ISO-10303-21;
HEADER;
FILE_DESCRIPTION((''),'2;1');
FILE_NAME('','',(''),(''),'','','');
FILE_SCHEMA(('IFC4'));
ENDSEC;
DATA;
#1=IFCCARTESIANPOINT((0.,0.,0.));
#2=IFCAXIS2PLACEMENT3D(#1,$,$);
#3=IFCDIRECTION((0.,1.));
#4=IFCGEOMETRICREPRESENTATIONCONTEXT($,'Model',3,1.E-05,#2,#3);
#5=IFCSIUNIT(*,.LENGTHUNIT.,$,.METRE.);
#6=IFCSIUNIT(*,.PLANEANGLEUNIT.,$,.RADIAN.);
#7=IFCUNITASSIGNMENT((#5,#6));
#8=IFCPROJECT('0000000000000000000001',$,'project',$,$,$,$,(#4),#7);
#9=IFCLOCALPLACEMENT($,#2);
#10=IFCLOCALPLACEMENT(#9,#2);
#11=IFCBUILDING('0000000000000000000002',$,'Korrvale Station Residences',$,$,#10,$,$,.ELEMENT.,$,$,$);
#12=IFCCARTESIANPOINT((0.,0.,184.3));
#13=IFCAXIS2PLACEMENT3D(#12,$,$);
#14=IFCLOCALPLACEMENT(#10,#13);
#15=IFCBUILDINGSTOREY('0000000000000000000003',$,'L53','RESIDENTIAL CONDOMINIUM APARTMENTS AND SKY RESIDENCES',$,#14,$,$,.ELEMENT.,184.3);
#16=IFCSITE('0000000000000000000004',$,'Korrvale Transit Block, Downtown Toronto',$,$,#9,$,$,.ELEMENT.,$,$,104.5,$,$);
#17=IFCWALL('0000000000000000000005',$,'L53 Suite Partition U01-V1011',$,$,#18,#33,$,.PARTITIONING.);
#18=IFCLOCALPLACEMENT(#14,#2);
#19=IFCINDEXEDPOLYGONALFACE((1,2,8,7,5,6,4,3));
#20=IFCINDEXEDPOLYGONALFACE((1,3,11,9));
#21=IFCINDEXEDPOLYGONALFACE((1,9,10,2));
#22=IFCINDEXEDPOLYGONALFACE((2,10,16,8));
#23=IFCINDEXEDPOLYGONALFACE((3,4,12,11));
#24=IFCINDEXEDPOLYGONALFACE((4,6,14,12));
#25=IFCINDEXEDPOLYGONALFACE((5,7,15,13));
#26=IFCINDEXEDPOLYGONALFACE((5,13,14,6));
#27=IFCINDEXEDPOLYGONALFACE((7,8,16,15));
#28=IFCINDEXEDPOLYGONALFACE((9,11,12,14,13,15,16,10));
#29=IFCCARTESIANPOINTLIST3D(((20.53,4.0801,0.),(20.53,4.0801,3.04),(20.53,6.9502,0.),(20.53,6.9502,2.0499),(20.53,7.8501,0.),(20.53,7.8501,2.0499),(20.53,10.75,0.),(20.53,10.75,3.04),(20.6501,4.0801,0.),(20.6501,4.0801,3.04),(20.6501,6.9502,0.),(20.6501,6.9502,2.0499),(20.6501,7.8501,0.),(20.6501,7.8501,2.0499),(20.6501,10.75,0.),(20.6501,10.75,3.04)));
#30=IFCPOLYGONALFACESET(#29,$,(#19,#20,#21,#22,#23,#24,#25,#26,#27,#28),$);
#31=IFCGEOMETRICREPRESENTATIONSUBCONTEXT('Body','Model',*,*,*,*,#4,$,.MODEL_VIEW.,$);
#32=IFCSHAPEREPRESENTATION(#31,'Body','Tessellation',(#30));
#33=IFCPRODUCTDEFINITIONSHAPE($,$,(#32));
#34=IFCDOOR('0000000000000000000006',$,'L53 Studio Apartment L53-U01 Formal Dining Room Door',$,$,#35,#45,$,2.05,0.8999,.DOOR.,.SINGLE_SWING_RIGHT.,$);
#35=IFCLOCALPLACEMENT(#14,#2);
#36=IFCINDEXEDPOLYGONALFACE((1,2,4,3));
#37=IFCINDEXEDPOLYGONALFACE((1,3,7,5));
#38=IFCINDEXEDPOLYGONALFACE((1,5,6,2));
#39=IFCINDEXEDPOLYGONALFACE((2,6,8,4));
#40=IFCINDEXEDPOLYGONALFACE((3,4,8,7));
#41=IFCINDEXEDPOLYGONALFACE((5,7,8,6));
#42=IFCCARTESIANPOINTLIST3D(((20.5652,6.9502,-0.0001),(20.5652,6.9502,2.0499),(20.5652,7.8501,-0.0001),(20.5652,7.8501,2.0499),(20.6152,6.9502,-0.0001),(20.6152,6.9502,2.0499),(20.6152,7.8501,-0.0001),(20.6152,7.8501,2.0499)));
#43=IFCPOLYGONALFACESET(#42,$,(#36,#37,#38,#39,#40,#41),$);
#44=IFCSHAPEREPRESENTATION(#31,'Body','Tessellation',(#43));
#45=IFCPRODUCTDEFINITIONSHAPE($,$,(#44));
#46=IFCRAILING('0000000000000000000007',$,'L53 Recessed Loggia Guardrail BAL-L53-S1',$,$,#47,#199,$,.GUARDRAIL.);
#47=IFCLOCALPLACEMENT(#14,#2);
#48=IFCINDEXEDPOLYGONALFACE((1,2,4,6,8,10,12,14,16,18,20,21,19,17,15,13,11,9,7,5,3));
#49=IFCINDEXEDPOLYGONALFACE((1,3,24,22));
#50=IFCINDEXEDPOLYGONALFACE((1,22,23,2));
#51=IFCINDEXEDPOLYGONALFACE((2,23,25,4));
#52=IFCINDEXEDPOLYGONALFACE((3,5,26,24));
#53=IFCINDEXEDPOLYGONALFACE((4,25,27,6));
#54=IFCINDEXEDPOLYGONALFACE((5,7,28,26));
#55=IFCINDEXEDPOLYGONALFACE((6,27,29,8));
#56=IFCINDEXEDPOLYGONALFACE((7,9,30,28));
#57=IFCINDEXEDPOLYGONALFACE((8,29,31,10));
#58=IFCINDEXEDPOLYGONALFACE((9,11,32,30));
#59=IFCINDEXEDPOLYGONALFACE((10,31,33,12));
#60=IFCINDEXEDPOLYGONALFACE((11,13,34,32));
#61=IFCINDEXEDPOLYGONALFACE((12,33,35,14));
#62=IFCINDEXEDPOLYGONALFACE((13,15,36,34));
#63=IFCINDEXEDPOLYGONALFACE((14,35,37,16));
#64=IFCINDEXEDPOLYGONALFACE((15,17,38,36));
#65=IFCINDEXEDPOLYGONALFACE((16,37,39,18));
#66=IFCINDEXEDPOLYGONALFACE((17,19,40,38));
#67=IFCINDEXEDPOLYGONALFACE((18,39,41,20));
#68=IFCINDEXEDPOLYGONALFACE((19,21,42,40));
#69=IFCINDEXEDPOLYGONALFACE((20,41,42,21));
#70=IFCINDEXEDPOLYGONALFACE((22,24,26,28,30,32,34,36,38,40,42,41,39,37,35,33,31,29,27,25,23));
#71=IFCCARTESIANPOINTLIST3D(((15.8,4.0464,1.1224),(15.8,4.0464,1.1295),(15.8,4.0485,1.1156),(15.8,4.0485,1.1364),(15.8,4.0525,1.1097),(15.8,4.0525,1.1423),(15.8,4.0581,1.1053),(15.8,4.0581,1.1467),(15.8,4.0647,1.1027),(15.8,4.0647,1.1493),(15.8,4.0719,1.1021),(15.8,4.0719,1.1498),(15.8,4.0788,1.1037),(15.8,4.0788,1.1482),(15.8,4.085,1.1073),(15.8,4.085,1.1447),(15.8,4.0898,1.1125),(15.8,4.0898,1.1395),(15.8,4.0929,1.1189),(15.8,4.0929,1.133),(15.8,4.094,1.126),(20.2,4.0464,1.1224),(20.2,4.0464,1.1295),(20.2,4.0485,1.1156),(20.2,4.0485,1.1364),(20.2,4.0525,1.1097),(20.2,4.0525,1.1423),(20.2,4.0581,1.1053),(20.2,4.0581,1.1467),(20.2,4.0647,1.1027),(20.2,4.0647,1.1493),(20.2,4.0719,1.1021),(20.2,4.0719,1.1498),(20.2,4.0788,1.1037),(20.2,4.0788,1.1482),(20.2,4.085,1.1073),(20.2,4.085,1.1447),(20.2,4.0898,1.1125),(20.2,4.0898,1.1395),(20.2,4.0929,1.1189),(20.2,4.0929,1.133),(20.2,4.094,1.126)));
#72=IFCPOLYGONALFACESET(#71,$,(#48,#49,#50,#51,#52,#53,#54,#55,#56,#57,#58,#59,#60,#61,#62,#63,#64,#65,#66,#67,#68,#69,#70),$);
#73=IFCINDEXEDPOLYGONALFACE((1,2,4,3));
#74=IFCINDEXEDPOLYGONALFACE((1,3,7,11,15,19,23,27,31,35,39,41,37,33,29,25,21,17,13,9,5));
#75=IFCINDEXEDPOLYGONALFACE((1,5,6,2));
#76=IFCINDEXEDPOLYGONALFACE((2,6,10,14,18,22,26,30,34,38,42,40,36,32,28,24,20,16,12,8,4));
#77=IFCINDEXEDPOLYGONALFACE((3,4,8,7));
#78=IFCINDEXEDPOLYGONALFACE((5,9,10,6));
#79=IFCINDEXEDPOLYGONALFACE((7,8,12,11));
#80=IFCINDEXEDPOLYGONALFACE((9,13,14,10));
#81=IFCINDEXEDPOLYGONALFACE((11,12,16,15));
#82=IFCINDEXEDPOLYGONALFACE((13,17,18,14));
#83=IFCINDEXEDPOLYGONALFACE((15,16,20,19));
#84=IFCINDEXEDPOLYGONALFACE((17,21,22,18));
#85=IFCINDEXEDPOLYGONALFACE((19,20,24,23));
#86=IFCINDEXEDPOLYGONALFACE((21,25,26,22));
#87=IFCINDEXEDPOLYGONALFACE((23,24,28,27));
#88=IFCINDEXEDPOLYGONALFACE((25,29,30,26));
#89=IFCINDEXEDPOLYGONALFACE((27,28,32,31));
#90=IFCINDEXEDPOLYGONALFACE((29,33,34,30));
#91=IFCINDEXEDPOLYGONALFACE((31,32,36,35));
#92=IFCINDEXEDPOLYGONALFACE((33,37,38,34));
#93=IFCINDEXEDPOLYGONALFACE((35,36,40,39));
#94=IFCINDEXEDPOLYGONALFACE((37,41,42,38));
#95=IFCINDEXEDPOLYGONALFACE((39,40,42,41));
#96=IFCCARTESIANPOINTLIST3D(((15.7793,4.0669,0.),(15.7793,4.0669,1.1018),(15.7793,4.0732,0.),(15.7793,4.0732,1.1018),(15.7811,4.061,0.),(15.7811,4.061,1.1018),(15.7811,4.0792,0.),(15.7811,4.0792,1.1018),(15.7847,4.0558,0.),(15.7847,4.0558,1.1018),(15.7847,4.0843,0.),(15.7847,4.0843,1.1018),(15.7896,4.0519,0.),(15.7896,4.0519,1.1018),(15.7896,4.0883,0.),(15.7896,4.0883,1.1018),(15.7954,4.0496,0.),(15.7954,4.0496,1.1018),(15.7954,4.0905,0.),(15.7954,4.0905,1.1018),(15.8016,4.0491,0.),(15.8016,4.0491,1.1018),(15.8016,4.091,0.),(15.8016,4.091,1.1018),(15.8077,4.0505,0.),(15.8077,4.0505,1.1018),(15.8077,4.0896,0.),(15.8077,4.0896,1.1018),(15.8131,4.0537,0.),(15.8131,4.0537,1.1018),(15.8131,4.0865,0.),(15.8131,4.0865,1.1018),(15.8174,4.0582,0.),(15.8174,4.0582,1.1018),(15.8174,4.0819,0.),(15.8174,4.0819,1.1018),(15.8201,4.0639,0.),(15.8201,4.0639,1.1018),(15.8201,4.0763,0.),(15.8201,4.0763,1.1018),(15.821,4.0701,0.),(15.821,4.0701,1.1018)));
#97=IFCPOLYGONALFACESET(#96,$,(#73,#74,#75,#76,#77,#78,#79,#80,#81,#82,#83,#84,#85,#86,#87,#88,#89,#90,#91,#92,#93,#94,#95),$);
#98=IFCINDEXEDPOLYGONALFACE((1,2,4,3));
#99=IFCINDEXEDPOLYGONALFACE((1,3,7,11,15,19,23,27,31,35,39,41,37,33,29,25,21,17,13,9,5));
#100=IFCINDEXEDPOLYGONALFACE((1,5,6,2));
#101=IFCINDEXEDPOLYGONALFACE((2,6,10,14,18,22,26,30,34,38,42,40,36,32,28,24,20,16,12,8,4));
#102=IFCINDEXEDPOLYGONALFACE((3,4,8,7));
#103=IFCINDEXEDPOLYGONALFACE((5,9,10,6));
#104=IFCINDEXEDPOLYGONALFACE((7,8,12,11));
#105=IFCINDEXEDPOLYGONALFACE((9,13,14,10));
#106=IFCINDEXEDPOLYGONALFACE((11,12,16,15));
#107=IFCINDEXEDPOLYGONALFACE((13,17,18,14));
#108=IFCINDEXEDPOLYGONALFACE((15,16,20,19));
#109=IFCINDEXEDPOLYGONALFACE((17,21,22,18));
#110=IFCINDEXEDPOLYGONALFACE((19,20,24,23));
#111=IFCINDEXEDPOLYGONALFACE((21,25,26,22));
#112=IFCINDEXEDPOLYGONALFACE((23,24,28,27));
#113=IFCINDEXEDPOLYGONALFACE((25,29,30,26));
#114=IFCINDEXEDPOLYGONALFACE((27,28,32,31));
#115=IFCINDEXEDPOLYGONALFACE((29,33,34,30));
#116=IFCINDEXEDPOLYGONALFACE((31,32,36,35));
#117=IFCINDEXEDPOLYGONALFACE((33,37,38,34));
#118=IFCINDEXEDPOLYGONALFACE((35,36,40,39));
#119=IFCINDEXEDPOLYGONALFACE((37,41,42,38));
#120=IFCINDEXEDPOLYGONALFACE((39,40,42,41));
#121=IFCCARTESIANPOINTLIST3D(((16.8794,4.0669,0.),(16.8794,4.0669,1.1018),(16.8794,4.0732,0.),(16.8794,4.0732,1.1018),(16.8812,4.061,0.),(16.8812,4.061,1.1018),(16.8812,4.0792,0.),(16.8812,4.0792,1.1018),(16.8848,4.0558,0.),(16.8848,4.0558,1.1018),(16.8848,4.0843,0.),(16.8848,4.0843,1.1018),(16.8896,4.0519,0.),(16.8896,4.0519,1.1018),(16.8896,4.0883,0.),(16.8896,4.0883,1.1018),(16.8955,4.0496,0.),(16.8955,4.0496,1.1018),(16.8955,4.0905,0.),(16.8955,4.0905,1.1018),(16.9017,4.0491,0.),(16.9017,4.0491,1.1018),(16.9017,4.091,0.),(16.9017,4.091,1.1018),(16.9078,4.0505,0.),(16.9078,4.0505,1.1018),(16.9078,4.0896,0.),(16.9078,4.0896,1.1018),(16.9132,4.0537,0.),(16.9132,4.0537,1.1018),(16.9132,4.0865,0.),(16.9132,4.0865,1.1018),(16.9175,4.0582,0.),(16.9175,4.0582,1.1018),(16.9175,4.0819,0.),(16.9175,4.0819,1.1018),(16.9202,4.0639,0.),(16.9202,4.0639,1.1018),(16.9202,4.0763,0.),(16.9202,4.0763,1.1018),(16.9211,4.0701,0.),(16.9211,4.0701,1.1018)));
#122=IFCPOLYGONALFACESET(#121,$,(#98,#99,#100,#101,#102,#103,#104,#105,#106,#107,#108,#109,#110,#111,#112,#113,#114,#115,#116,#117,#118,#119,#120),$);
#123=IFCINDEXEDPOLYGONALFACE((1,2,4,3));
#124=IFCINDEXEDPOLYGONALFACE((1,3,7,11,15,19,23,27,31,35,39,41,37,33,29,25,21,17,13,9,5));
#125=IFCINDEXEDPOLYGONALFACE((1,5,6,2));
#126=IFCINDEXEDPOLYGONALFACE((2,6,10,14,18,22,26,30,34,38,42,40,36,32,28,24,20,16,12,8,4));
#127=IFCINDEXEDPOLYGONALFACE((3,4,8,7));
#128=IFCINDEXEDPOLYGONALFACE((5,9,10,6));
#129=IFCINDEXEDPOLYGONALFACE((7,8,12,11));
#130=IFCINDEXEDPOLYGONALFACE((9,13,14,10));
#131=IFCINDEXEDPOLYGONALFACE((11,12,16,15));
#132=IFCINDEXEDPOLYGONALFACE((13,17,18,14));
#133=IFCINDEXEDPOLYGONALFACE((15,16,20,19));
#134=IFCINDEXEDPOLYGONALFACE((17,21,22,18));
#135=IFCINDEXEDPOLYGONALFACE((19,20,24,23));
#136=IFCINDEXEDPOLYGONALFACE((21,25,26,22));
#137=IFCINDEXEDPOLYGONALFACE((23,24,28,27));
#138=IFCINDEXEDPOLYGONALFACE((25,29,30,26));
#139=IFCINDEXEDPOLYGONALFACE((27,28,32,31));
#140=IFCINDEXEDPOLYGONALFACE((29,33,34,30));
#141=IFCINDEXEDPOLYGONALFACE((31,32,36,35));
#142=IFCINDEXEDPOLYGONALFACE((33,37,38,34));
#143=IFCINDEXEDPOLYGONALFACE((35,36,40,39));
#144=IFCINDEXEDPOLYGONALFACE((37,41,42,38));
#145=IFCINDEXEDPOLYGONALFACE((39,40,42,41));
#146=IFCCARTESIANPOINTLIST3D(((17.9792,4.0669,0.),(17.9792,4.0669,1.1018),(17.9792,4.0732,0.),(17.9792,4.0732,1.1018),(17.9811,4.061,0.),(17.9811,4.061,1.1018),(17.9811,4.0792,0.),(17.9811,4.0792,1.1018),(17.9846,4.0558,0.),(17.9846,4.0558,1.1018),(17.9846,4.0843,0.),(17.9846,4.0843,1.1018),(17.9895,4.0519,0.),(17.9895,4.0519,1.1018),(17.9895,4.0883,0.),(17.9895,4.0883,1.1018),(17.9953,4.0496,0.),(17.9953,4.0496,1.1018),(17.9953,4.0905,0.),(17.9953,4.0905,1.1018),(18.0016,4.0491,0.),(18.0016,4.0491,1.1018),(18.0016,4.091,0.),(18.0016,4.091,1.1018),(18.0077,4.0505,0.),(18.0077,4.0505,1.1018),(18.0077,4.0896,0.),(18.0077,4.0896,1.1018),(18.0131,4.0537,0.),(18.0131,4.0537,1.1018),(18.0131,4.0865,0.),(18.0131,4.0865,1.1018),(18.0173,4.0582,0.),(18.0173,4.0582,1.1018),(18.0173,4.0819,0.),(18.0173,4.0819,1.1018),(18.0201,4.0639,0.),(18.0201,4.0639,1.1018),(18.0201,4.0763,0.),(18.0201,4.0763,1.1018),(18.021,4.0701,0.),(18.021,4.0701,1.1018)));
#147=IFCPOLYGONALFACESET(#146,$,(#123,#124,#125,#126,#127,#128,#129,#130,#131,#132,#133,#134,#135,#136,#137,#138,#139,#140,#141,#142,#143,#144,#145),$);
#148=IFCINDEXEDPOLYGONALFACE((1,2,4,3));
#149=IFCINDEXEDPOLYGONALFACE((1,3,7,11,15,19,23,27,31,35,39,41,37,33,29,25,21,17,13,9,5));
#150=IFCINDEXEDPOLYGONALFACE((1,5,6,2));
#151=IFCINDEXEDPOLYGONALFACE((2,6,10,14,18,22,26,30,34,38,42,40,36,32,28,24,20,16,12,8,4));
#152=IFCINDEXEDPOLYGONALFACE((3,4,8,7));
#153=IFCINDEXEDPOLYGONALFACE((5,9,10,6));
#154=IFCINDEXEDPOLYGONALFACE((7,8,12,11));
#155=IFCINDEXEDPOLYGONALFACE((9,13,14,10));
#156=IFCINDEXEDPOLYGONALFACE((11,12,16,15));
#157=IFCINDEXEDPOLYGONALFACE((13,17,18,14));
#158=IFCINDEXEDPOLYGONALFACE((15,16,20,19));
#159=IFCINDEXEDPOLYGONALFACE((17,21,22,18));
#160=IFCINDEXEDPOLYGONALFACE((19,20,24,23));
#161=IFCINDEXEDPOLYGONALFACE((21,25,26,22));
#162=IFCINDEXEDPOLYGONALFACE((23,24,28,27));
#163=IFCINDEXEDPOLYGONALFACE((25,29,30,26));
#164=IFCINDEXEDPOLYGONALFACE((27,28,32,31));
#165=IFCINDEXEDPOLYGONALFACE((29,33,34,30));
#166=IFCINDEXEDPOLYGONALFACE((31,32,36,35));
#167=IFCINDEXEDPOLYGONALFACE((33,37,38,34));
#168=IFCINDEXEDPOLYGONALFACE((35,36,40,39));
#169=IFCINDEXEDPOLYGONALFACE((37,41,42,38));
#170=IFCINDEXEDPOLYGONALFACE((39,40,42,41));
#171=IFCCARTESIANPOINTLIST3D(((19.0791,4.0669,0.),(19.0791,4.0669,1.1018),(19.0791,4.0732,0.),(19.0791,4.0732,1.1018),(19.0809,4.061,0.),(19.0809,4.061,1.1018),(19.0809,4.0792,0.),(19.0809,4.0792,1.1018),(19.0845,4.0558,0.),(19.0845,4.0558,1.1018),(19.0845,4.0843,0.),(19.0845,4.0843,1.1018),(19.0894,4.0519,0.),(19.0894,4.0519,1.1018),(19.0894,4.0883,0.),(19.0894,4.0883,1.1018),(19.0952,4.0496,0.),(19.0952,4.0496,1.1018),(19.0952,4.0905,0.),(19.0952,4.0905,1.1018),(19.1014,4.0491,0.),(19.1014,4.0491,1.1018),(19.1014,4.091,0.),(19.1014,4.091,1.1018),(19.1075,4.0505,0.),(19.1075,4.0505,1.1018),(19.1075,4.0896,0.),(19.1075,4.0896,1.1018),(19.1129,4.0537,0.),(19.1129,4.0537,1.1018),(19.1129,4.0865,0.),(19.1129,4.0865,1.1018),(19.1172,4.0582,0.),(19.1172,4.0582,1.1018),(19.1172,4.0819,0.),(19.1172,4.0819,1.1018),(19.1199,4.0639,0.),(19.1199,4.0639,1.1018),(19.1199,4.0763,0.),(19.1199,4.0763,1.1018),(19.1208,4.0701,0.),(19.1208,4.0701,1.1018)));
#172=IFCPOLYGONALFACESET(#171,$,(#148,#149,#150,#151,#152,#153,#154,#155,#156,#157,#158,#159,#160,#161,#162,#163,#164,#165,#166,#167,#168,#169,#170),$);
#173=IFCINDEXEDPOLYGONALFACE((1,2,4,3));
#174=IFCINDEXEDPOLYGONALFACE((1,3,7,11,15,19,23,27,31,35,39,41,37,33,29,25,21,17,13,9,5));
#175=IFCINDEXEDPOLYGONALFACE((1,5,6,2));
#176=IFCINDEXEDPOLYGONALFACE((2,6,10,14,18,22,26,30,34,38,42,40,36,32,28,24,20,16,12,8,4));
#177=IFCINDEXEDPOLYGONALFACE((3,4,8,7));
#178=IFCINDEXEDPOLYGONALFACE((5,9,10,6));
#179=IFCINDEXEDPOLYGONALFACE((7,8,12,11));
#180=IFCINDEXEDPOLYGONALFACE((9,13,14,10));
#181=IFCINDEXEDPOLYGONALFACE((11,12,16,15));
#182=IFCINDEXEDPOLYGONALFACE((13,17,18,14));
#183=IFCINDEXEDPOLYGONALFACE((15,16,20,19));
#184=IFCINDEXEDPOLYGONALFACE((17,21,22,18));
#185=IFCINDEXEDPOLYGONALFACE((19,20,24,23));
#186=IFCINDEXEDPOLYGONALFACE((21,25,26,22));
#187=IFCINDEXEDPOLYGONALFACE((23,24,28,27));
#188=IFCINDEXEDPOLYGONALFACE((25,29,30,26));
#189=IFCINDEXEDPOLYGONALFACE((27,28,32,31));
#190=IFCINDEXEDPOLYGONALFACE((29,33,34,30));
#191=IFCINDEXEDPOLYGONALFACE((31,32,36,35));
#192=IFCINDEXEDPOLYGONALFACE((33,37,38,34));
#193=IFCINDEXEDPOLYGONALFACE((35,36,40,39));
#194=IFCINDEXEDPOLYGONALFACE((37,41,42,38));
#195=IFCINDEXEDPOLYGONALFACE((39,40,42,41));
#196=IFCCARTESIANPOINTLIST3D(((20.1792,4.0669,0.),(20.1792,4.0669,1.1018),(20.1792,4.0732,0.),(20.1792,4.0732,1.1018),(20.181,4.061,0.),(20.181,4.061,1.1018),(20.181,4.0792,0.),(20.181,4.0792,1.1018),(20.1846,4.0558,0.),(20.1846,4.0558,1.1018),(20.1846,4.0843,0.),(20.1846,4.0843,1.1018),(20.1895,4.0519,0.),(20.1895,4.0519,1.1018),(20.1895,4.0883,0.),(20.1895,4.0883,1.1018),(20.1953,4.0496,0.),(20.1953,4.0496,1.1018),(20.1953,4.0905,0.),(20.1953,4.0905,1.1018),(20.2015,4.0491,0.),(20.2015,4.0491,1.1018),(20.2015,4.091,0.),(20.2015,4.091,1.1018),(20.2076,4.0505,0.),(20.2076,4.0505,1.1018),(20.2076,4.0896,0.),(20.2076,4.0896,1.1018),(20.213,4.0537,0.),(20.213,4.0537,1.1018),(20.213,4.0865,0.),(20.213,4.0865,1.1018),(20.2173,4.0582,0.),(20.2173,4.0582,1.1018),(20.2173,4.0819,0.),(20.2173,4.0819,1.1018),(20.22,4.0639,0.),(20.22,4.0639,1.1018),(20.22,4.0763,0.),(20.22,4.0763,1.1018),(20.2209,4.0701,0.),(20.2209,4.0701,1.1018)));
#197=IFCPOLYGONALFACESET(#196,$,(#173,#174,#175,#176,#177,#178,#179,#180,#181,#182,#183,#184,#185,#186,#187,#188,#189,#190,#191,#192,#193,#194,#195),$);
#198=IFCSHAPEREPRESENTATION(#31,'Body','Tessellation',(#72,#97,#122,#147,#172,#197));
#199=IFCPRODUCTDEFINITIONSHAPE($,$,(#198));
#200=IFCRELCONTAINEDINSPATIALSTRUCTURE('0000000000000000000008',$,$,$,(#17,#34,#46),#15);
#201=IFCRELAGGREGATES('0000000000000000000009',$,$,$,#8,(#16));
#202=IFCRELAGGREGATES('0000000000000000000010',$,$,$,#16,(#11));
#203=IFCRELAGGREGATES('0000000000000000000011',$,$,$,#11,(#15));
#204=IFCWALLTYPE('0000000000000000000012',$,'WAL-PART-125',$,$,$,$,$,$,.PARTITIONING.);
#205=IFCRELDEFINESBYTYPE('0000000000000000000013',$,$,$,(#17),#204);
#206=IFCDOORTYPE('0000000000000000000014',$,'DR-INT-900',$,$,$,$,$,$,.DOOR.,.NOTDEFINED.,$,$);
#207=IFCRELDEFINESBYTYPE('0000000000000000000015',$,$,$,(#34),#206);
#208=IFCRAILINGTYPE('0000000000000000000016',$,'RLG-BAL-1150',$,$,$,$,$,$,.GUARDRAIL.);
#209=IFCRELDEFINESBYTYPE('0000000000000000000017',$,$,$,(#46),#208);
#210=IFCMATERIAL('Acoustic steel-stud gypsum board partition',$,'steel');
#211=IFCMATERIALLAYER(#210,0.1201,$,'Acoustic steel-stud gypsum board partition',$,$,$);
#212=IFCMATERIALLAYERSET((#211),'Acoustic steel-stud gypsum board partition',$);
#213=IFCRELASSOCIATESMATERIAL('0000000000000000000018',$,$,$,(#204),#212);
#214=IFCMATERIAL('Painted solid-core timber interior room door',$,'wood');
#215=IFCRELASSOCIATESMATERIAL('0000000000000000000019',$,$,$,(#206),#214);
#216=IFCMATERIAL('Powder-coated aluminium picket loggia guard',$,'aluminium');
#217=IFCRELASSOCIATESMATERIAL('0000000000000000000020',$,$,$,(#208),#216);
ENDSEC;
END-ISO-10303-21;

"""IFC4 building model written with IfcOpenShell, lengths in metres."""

from ifc_helpers import new_model, si_unit, direction, frame, frame_2d, origin, origin_2d, place, context, subcontext, project, spatial, rectangle, circle, extrude, material, layer, layer_set, type_object, element, fill, save


model = new_model("IFC4")

# Units and contexts
model_context = context("Model", 3, precision=1e-05, world=origin(), true_north=direction((0.0, 1.0)))
body_context = subcontext(model_context, "Body", "Model", "MODEL_VIEW")
ifc_project = project(units=[si_unit("LENGTHUNIT", "METRE"), si_unit("PLANEANGLEUNIT", "RADIAN")], contexts=[model_context])

# Site, building, storey
site_placement = place(None, origin())
site = spatial("IfcSite", under=ifc_project, at=site_placement, Name="Korrvale Transit Block, Downtown Toronto", CompositionType="ELEMENT", RefElevation=104.5)
building_placement = place(site_placement, origin())
building = spatial("IfcBuilding", under=site, at=building_placement, Name="Korrvale Station Residences", CompositionType="ELEMENT")
storey_placement = place(building_placement, frame((0.0, 0.0, 184.3)))
storey = spatial("IfcBuildingStorey", under=building, at=storey_placement, Name="L53", Description="RESIDENTIAL CONDOMINIUM APARTMENTS AND SKY RESIDENCES", CompositionType="ELEMENT", Elevation=184.3)

# Shared definitions
ifc_material_1 = material(Name="Acoustic steel-stud gypsum board partition", Category="steel")
ifc_layer_1 = layer(ifc_material_1, 0.1201, Name="Acoustic steel-stud gypsum board partition")
ifc_layer_set_1 = layer_set([ifc_layer_1], Name="Acoustic steel-stud gypsum board partition")
wall_type_1 = type_object("IfcWallType", Name="WAL-PART-125", PredefinedType="PARTITIONING", material=ifc_layer_set_1)

# Shared definitions
ifc_material_2 = material(Name="Painted solid-core timber interior room door", Category="wood")
door_type_1 = type_object("IfcDoorType", Name="DR-INT-900", OperationType="NOTDEFINED", PredefinedType="DOOR", material=ifc_material_2)

# Wall, opening, door
wall_1_placement = place(storey_placement, frame((20.5901, 4.0801, 0.0), z_axis=(0.0, 0.0, 1.0), x_axis=(0.0, 1.0, 0.0)))
wall_1 = element("IfcWall", 1, at=wall_1_placement, inside=storey, type_object=wall_type_1, Name="L53 Suite Partition U01-V1011", PredefinedType="PARTITIONING", context=body_context, shape_type="SweptSolid", body=[
    extrude(rectangle(XDim=6.6699, YDim=0.1201, at=frame_2d((3.335, 0.0))), origin(), (0.0, 0.0, 1.0), 3.04),
])
opening_1_placement = place(wall_1_placement, frame((2.8701, 0.0, 0.0)))
opening_1 = element("IfcOpeningElement", 2, at=opening_1_placement, cuts=wall_1, PredefinedType="OPENING", context=body_context, shape_type="SweptSolid", body=[
    extrude(rectangle(XDim=0.8999, YDim=2.05, at=frame_2d((0.45, 1.0249))), frame((0.0, 0.0701, 0.0), z_axis=(0.0, -1.0, 0.0), x_axis=(1.0, 0.0, 0.0)), (0.0, 0.0, 1.0), 0.1401),
])
door_1_placement = place(opening_1_placement, origin())
door_1 = element("IfcDoor", 3, at=door_1_placement, inside=storey, type_object=door_type_1, Name="L53 Studio Apartment L53-U01 Formal Dining Room Door", OperationType="SINGLE_SWING_RIGHT", OverallHeight=2.05, OverallWidth=0.8999, PredefinedType="DOOR", context=body_context, shape_type="SweptSolid", body=[
    extrude(rectangle(XDim=0.8999, YDim=2.05, at=frame_2d((0.45, 1.0249))), frame((0.0, 0.0249, 0.0), z_axis=(0.0, -1.0, 0.0), x_axis=(1.0, 0.0, 0.0)), (0.0, 0.0, 1.0), 0.05),
])
fill(opening_1, door_1)

# Railing
ifc_material_3 = material(Name="Powder-coated aluminium picket loggia guard", Category="aluminium")
railing_type = type_object("IfcRailingType", Name="RLG-BAL-1150", PredefinedType="GUARDRAIL", material=ifc_material_3)
railing_placement = place(storey_placement, frame((15.8, 4.0701, 0.0)))
element("IfcRailing", 4, at=railing_placement, inside=storey, type_object=railing_type, Name="L53 Recessed Loggia Guardrail BAL-L53-S1", PredefinedType="GUARDRAIL", context=body_context, shape_type="SweptSolid", body=[
    extrude(circle(Radius=0.0239, at=origin_2d()), frame((0.0, 0.0, 1.126), z_axis=(1.0, 0.0, 0.0), x_axis=(0.0, 1.0, 0.0)), (0.0, 0.0, 1.0), 4.3999),
    extrude(circle(Radius=0.021, at=origin_2d()), origin(), (0.0, 0.0, 1.0), 1.1018),
    extrude(circle(Radius=0.021, at=origin_2d()), frame((1.1001, 0.0, 0.0)), (0.0, 0.0, 1.0), 1.1018),
    extrude(circle(Radius=0.021, at=origin_2d()), frame((2.2, 0.0, 0.0)), (0.0, 0.0, 1.0), 1.1018),
    extrude(circle(Radius=0.021, at=origin_2d()), frame((3.2998, 0.0, 0.0)), (0.0, 0.0, 1.0), 1.1018),
    extrude(circle(Radius=0.021, at=origin_2d()), frame((4.3999, 0.0, 0.0)), (0.0, 0.0, 1.0), 1.1018),
])

save(model, "model.ifc")
